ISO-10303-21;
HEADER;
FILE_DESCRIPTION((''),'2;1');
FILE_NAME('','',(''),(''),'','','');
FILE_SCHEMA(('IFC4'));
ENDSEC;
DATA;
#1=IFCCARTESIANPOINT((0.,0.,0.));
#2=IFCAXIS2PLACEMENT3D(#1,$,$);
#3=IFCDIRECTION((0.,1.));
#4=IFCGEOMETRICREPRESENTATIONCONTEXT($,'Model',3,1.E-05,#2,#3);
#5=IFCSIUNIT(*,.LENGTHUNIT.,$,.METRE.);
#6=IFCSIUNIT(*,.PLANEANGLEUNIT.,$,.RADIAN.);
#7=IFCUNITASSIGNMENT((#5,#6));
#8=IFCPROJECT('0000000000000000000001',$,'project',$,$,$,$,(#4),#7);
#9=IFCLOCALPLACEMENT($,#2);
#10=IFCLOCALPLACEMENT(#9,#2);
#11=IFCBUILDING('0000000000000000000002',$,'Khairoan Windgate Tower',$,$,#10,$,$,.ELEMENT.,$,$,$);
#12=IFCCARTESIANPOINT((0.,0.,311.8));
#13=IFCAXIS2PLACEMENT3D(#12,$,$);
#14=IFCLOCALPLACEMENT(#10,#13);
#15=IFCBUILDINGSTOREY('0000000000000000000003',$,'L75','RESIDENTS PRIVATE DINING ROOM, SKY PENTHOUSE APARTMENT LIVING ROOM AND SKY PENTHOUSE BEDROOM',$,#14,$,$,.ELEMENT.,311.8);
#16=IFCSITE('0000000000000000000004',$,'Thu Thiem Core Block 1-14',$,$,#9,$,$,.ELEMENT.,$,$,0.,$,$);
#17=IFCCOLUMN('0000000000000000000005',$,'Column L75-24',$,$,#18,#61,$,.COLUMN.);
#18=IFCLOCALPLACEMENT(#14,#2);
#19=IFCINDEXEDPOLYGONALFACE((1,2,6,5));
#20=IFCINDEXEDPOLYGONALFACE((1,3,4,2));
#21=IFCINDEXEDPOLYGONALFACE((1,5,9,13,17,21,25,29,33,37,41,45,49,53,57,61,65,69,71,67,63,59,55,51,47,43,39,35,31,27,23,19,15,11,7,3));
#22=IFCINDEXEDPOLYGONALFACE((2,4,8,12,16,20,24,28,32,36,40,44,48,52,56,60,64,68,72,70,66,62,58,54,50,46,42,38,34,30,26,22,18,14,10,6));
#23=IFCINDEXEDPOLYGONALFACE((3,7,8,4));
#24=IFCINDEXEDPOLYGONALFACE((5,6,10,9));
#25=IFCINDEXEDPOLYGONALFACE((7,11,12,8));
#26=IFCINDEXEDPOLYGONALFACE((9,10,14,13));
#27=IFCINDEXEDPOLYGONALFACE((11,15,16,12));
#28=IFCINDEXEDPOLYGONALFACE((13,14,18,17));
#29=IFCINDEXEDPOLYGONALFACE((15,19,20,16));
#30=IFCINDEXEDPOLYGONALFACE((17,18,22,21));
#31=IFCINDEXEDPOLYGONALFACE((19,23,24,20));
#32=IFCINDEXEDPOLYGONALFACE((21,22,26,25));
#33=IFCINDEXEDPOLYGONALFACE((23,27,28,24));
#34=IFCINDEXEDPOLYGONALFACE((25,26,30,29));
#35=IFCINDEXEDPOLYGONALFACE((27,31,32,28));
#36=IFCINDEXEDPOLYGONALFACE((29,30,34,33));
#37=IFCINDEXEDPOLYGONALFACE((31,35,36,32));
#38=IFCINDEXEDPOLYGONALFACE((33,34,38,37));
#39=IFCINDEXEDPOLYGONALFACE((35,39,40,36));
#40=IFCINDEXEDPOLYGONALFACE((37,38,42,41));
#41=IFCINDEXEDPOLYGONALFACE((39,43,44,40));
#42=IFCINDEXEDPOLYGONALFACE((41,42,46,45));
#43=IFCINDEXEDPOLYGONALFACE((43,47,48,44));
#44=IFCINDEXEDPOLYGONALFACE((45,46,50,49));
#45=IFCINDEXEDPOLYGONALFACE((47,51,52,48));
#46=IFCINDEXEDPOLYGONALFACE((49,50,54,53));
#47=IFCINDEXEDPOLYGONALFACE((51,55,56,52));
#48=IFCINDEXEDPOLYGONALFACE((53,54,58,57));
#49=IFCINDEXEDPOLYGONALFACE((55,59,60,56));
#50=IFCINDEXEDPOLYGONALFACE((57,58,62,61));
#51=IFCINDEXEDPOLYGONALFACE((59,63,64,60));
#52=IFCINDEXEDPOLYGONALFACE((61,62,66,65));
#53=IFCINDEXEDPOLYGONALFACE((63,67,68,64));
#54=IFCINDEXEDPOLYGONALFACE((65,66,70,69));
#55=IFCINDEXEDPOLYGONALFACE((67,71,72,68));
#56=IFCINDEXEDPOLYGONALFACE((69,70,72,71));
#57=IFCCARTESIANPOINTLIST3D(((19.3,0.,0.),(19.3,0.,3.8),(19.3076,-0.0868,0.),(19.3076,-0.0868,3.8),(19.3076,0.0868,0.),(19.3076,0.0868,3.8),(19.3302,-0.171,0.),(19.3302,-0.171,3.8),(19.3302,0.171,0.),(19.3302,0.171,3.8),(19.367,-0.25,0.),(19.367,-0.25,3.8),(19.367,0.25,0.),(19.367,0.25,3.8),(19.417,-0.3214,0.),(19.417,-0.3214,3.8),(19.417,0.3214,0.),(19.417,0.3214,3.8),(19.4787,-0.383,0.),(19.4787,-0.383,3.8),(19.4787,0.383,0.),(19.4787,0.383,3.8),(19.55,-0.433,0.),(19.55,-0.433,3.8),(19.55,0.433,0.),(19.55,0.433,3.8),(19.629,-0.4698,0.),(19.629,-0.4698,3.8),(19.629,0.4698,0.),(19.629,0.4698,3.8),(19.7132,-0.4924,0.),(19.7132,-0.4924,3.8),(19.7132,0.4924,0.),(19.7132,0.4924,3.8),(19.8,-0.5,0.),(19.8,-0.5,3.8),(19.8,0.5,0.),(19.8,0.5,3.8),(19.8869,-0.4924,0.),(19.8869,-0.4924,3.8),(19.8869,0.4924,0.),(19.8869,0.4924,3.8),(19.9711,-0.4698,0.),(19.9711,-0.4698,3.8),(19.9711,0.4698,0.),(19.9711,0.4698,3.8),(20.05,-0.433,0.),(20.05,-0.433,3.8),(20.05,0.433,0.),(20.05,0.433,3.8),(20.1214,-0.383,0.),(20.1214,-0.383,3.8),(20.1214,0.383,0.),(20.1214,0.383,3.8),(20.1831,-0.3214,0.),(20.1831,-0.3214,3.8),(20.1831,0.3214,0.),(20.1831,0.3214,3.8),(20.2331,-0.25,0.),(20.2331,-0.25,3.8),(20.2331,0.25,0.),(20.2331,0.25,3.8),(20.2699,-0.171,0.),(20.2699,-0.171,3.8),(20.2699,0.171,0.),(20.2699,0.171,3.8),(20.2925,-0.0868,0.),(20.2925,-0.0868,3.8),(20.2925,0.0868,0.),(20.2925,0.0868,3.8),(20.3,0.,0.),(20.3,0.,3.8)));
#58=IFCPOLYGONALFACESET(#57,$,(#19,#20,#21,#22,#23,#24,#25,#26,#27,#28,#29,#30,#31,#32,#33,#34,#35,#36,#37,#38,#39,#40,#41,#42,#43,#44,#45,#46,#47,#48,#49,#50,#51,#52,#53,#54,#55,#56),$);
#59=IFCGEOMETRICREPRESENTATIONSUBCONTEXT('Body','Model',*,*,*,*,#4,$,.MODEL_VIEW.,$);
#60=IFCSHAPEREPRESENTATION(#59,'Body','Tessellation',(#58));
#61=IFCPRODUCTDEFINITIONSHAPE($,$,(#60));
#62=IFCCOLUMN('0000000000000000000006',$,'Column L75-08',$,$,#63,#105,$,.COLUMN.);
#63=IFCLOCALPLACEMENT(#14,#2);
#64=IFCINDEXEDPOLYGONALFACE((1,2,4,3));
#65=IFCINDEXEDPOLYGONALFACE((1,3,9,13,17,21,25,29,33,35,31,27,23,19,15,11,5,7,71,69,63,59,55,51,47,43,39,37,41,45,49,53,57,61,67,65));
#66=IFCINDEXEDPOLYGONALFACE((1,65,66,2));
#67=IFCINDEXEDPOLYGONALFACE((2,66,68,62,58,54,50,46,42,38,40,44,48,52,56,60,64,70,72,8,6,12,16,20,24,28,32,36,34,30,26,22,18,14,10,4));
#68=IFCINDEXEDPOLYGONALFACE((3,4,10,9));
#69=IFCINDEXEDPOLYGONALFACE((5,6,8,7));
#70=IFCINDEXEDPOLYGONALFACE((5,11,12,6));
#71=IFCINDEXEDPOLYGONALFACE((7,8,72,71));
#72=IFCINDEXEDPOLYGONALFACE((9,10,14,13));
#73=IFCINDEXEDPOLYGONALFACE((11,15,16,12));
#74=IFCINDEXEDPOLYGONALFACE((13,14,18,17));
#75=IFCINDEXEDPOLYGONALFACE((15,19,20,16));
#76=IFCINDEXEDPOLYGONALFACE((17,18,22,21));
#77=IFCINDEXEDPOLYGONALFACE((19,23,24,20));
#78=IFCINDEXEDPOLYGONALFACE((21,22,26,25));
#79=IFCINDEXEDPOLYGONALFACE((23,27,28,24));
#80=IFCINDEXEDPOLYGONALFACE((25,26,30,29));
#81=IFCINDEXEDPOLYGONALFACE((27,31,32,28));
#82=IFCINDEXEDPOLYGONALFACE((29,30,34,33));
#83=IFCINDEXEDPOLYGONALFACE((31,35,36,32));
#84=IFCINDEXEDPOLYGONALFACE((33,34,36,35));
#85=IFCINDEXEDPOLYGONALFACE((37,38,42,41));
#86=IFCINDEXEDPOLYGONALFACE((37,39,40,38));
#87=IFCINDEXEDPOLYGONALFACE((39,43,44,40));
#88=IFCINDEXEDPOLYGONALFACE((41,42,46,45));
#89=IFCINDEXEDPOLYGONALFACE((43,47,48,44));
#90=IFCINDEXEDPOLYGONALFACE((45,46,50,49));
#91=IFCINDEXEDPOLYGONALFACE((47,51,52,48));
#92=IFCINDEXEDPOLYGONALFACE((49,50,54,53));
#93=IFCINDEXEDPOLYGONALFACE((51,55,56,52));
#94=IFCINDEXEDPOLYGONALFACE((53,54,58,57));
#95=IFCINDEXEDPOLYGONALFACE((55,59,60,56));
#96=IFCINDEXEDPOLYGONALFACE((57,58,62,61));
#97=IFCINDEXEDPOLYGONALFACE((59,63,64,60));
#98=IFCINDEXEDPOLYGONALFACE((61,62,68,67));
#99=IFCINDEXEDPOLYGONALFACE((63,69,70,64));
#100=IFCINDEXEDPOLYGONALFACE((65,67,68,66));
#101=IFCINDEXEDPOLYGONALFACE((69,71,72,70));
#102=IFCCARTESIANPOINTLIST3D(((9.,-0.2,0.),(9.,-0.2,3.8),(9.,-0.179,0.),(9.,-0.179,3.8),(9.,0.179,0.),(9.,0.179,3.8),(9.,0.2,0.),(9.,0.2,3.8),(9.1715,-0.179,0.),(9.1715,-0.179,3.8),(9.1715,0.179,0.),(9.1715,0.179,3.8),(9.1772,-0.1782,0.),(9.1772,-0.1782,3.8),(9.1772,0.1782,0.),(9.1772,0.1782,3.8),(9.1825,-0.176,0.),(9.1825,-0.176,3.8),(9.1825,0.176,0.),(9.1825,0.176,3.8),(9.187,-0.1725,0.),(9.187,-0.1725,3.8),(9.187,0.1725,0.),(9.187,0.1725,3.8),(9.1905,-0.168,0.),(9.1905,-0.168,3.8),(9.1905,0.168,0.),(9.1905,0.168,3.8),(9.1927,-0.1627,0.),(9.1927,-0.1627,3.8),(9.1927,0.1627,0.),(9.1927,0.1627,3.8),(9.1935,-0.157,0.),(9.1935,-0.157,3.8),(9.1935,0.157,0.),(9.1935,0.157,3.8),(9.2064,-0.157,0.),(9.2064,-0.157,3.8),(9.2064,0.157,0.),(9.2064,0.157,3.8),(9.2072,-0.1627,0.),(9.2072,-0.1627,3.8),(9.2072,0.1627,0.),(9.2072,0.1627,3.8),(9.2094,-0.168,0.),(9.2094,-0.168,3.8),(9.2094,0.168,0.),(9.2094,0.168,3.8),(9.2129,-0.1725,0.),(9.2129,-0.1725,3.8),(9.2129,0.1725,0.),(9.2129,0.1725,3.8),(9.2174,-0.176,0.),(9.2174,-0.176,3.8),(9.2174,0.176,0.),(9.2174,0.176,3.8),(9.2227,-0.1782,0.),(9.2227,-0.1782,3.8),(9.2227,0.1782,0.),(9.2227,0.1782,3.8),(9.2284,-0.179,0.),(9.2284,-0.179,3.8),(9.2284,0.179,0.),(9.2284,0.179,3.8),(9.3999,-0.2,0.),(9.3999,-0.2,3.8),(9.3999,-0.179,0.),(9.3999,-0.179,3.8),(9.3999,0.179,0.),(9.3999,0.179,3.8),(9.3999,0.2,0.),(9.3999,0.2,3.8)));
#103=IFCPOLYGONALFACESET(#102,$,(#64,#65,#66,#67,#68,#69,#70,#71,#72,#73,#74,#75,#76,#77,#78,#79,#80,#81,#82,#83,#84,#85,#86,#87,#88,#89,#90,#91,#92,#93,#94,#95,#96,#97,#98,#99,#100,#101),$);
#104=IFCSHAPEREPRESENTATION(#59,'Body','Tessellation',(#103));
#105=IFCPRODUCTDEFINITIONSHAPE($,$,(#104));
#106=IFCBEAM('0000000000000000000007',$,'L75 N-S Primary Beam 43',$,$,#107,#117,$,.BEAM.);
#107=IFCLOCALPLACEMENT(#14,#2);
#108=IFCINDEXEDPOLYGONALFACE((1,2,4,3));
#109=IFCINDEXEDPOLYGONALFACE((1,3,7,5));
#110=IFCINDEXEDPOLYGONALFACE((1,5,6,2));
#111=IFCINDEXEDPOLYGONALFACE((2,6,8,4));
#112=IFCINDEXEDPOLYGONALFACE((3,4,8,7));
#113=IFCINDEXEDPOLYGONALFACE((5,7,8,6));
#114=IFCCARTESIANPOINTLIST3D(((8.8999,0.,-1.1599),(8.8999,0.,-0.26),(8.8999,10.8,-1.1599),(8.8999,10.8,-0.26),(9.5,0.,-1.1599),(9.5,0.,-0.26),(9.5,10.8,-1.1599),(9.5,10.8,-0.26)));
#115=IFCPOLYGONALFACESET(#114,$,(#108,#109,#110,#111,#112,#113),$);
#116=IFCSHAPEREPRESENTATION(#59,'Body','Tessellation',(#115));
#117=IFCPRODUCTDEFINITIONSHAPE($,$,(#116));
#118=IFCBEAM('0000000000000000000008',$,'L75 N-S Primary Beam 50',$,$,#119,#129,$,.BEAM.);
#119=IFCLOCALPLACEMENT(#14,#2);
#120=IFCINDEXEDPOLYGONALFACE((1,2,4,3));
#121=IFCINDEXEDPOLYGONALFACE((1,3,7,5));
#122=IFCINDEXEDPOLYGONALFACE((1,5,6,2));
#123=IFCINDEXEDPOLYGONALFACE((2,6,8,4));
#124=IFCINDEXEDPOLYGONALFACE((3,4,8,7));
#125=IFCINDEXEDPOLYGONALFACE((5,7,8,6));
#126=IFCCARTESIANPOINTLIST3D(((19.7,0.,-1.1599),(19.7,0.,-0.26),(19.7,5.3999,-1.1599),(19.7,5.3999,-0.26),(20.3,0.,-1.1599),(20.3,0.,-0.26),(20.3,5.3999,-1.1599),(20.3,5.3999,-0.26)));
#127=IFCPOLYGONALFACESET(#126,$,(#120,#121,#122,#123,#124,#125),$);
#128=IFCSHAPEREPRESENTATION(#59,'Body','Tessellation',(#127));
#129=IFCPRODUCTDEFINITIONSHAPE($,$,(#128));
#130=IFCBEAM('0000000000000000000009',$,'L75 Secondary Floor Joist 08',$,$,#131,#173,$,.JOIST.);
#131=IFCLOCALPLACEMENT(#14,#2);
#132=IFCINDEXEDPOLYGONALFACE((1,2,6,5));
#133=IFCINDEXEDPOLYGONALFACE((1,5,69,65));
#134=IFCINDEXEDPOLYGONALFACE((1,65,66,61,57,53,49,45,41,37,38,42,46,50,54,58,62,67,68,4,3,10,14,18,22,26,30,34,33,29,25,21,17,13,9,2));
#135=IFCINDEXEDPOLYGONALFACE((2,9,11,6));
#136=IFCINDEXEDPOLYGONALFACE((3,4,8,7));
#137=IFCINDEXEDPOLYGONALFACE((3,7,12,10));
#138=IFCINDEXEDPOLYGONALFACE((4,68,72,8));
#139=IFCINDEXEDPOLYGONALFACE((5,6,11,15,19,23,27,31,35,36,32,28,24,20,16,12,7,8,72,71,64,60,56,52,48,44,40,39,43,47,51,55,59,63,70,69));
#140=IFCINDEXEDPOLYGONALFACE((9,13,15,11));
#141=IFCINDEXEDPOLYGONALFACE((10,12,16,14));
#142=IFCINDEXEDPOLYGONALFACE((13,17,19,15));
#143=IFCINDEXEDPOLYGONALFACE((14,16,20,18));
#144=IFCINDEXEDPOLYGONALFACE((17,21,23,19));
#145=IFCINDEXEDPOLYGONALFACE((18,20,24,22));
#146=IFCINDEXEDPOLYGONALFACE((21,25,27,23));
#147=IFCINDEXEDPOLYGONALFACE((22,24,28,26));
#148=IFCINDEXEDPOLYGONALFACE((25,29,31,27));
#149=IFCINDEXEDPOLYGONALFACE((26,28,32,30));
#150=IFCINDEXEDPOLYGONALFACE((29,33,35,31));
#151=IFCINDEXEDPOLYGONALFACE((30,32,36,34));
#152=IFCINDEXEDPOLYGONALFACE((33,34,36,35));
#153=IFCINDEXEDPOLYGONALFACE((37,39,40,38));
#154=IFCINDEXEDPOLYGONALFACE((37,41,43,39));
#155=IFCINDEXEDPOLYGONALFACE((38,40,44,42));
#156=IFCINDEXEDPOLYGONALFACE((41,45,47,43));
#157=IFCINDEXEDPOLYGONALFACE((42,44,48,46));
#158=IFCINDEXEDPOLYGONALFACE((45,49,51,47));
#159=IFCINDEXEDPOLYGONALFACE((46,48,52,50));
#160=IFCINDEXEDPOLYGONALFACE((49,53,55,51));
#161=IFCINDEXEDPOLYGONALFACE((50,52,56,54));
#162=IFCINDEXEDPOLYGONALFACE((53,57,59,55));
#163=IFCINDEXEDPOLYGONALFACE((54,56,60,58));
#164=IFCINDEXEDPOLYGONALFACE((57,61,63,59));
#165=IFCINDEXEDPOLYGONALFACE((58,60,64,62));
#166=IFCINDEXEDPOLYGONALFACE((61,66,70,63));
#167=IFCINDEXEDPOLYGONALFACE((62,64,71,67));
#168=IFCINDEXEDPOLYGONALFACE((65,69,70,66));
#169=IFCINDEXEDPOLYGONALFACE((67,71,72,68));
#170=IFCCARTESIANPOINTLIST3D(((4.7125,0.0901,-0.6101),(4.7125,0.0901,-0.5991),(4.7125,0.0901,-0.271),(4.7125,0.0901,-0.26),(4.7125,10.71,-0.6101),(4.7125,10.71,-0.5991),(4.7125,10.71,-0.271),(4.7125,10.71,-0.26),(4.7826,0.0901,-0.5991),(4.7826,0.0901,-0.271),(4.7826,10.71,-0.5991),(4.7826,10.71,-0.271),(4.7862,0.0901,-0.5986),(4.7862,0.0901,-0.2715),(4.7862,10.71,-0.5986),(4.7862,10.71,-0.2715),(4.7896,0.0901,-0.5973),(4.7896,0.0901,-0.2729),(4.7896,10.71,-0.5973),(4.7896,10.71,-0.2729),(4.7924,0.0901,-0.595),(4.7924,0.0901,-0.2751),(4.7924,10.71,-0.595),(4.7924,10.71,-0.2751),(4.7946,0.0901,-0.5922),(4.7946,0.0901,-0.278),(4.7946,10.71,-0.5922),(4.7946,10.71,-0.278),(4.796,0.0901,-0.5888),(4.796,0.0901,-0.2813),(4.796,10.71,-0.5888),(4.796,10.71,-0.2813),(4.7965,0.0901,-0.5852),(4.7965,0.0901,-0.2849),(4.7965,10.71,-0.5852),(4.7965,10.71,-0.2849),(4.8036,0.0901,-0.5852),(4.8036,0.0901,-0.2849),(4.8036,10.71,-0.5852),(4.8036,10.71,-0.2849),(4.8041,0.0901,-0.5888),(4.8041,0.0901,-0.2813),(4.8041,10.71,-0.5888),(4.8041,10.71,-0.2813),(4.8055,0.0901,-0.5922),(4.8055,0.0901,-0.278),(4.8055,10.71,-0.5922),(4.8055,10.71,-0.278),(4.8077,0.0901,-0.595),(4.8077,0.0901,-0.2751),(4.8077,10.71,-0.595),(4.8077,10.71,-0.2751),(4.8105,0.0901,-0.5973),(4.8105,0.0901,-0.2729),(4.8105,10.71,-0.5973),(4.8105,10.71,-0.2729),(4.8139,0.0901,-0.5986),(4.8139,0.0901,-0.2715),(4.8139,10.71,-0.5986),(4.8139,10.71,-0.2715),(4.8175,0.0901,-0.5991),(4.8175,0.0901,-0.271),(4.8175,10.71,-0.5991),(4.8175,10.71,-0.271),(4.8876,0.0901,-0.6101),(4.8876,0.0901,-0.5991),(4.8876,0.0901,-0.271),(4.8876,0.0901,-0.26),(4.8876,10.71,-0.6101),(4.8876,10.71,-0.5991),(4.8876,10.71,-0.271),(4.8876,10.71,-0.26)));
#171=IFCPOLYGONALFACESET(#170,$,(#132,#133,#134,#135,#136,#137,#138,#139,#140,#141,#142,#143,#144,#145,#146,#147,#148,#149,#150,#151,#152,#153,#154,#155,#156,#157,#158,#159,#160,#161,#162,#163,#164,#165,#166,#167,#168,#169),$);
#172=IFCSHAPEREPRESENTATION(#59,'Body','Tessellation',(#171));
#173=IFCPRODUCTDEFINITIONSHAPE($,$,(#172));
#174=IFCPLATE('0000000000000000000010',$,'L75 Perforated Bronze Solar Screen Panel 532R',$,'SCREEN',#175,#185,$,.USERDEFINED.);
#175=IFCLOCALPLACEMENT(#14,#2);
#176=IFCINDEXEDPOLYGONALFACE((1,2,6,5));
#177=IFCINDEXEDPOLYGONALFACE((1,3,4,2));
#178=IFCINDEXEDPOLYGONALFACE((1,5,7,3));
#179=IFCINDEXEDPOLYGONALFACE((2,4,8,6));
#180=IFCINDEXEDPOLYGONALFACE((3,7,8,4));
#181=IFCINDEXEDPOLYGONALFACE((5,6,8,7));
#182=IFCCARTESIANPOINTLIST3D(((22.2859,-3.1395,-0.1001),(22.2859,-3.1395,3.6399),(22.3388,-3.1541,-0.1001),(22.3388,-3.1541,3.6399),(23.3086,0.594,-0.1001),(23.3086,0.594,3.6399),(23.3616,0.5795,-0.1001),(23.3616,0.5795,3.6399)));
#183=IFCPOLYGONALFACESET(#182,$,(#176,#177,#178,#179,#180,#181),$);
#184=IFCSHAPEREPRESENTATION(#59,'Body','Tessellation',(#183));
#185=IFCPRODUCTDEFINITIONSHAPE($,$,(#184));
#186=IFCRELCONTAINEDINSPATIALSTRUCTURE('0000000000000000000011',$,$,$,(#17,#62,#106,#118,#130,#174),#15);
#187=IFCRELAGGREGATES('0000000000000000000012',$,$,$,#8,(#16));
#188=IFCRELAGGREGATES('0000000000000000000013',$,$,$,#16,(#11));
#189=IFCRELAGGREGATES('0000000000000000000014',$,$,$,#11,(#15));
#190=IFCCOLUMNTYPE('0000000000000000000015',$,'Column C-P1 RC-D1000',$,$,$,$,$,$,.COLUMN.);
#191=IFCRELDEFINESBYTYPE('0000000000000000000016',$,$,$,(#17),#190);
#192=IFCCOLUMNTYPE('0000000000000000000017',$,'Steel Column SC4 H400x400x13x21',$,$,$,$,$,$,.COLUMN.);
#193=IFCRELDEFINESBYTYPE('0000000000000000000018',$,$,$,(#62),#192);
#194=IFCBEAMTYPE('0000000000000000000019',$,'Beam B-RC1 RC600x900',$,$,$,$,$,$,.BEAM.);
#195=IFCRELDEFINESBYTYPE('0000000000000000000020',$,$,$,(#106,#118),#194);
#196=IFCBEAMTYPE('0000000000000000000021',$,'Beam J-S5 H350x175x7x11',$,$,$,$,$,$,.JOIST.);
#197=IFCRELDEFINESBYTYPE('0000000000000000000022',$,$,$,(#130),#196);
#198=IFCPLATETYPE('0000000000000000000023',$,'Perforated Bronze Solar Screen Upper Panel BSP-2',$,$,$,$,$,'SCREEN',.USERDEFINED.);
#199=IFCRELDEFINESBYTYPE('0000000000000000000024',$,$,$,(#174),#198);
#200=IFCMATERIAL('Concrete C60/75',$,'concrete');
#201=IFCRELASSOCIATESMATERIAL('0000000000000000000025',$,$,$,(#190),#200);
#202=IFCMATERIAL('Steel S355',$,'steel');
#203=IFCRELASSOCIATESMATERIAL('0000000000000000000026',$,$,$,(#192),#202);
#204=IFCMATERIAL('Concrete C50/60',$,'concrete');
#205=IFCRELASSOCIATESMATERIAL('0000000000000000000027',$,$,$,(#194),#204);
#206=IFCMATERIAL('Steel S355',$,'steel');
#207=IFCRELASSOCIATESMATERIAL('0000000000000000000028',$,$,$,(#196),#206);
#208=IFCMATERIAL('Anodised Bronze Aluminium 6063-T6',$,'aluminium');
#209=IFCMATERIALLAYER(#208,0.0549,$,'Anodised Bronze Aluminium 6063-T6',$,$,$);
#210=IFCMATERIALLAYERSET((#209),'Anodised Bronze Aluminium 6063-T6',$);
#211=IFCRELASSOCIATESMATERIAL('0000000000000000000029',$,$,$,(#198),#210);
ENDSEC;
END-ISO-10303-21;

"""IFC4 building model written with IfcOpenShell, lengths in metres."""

from ifc_helpers import new_model, si_unit, direction, frame, origin, origin_2d, place, context, subcontext, project, spatial, rectangle, circle, i_section, extrude, material, layer, layer_set, material_profile, profile_set, type_object, element, save


model = new_model("IFC4")

# Units and contexts
model_context = context("Model", 3, precision=1e-05, world=origin(), true_north=direction((0.0, 1.0)))
body_context = subcontext(model_context, "Body", "Model", "MODEL_VIEW")
ifc_project = project(units=[si_unit("LENGTHUNIT", "METRE"), si_unit("PLANEANGLEUNIT", "RADIAN")], contexts=[model_context])

# Site, building, storey
site_placement = place(None, origin())
site = spatial("IfcSite", under=ifc_project, at=site_placement, Name="Thu Thiem Core Block 1-14", CompositionType="ELEMENT", RefElevation=0.0)
building_placement = place(site_placement, origin())
building = spatial("IfcBuilding", under=site, at=building_placement, Name="Khairoan Windgate Tower", CompositionType="ELEMENT")
storey_placement = place(building_placement, frame((0.0, 0.0, 311.8)))
storey = spatial("IfcBuildingStorey", under=building, at=storey_placement, Name="L75", Description="RESIDENTS PRIVATE DINING ROOM, SKY PENTHOUSE APARTMENT LIVING ROOM AND SKY PENTHOUSE BEDROOM", CompositionType="ELEMENT", Elevation=311.8)

# Columns
ifc_material_1 = material(Name="Concrete C60/75", Category="concrete")
ifc_material_profile_1 = material_profile(ifc_material_1, circle(Radius=0.5, at=origin_2d()))
ifc_profile_set_1 = profile_set([ifc_material_profile_1], Name="Concrete C60/75")
column_type_1 = type_object("IfcColumnType", Name="Column C-P1 RC-D1000", PredefinedType="COLUMN", material=ifc_profile_set_1)
column_1_placement = place(storey_placement, frame((19.8, 0.0, 0.0), z_axis=(0.0, 0.0, 1.0), x_axis=(1.0, 0.0, 0.0)))
element("IfcColumn", 1, at=column_1_placement, inside=storey, type_object=column_type_1, Name="Column L75-24", PredefinedType="COLUMN", context=body_context, shape_type="SweptSolid", body=[
    extrude(circle(Radius=0.5, at=origin_2d()), origin(), (0.0, 0.0, 1.0), 3.8),
])
ifc_material_2 = material(Name="Steel S355", Category="steel")
ifc_material_profile_2 = material_profile(ifc_material_2, i_section(OverallWidth=0.3999, OverallDepth=0.3999, WebThickness=0.0129, FlangeThickness=0.021, FilletRadius=0.022, at=origin_2d()))
ifc_profile_set_2 = profile_set([ifc_material_profile_2], Name="Steel S355")
column_type_2 = type_object("IfcColumnType", Name="Steel Column SC4 H400x400x13x21", PredefinedType="COLUMN", material=ifc_profile_set_2)
column_2_placement = place(storey_placement, frame((9.2, 0.0, 0.0), z_axis=(0.0, 0.0, 1.0), x_axis=(1.0, 0.0, 0.0)))
element("IfcColumn", 2, at=column_2_placement, inside=storey, type_object=column_type_2, Name="Column L75-08", PredefinedType="COLUMN", context=body_context, shape_type="SweptSolid", body=[
    extrude(i_section(OverallWidth=0.3999, OverallDepth=0.3999, WebThickness=0.0129, FlangeThickness=0.021, FilletRadius=0.022, at=origin_2d()), origin(), (0.0, 0.0, 1.0), 3.8),
])

# Beams
ifc_material_3 = material(Name="Concrete C50/60", Category="concrete")
ifc_material_profile_3 = material_profile(ifc_material_3, rectangle(XDim=0.6001, YDim=0.8999, at=origin_2d()))
ifc_profile_set_3 = profile_set([ifc_material_profile_3], Name="Concrete C50/60")
beam_type_1 = type_object("IfcBeamType", Name="Beam B-RC1 RC600x900", PredefinedType="BEAM", material=ifc_profile_set_3)
beam_1_placement = place(storey_placement, frame((9.2, 0.0, -0.71), z_axis=(0.0, 1.0, 0.0), x_axis=(-1.0, 0.0, 0.0)))
element("IfcBeam", 3, at=beam_1_placement, inside=storey, type_object=beam_type_1, Name="L75 N-S Primary Beam 43", PredefinedType="BEAM", context=body_context, shape_type="SweptSolid", body=[
    extrude(rectangle(XDim=0.6001, YDim=0.8999, at=origin_2d()), origin(), (0.0, 0.0, 1.0), 10.8),
])
beam_2_placement = place(storey_placement, frame((20.0, 0.0, -0.71), z_axis=(0.0, 1.0, 0.0), x_axis=(-1.0, 0.0, 0.0)))
element("IfcBeam", 4, at=beam_2_placement, inside=storey, type_object=beam_type_1, Name="L75 N-S Primary Beam 50", PredefinedType="BEAM", context=body_context, shape_type="SweptSolid", body=[
    extrude(rectangle(XDim=0.6001, YDim=0.8999, at=origin_2d()), origin(), (0.0, 0.0, 1.0), 5.3999),
])
ifc_material_4 = material(Name="Steel S355", Category="steel")
ifc_material_profile_4 = material_profile(ifc_material_4, i_section(OverallWidth=0.175, OverallDepth=0.3501, WebThickness=0.0071, FlangeThickness=0.011, FilletRadius=0.0139, at=origin_2d()))
ifc_profile_set_4 = profile_set([ifc_material_profile_4], Name="Steel S355")
beam_type_2 = type_object("IfcBeamType", Name="Beam J-S5 H350x175x7x11", PredefinedType="JOIST", material=ifc_profile_set_4)
beam_3_placement = place(storey_placement, frame((4.8, 0.0901, -0.4351), z_axis=(0.0, 1.0, 0.0), x_axis=(-1.0, 0.0, 0.0)))
element("IfcBeam", 5, at=beam_3_placement, inside=storey, type_object=beam_type_2, Name="L75 Secondary Floor Joist 08", PredefinedType="JOIST", context=body_context, shape_type="SweptSolid", body=[
    extrude(i_section(OverallWidth=0.175, OverallDepth=0.3501, WebThickness=0.0071, FlangeThickness=0.011, FilletRadius=0.0139, at=origin_2d()), origin(), (0.0, 0.0, 1.0), 10.6199),
])

# Plate
ifc_material_5 = material(Name="Anodised Bronze Aluminium 6063-T6", Category="aluminium")
ifc_layer_1 = layer(ifc_material_5, 0.0549, Name="Anodised Bronze Aluminium 6063-T6")
ifc_layer_set_1 = layer_set([ifc_layer_1], Name="Anodised Bronze Aluminium 6063-T6")
plate_type = type_object("IfcPlateType", Name="Perforated Bronze Solar Screen Upper Panel BSP-2", ElementType="SCREEN", PredefinedType="USERDEFINED", material=ifc_layer_set_1)
plate_placement = place(storey_placement, frame((22.8237, -1.28, -0.1001), z_axis=(0.0, 0.0, 1.0), x_axis=(-0.26421, -0.964465, 0.0)))
element("IfcPlate", 6, at=plate_placement, inside=storey, type_object=plate_type, Name="L75 Perforated Bronze Solar Screen Panel 532R", ObjectType="SCREEN", PredefinedType="USERDEFINED", context=body_context, shape_type="SweptSolid", body=[
    extrude(rectangle(XDim=3.8711, YDim=0.0549, at=origin_2d()), origin(), (0.0, 0.0, 1.0), 3.74),
])

save(model, "model.ifc")
